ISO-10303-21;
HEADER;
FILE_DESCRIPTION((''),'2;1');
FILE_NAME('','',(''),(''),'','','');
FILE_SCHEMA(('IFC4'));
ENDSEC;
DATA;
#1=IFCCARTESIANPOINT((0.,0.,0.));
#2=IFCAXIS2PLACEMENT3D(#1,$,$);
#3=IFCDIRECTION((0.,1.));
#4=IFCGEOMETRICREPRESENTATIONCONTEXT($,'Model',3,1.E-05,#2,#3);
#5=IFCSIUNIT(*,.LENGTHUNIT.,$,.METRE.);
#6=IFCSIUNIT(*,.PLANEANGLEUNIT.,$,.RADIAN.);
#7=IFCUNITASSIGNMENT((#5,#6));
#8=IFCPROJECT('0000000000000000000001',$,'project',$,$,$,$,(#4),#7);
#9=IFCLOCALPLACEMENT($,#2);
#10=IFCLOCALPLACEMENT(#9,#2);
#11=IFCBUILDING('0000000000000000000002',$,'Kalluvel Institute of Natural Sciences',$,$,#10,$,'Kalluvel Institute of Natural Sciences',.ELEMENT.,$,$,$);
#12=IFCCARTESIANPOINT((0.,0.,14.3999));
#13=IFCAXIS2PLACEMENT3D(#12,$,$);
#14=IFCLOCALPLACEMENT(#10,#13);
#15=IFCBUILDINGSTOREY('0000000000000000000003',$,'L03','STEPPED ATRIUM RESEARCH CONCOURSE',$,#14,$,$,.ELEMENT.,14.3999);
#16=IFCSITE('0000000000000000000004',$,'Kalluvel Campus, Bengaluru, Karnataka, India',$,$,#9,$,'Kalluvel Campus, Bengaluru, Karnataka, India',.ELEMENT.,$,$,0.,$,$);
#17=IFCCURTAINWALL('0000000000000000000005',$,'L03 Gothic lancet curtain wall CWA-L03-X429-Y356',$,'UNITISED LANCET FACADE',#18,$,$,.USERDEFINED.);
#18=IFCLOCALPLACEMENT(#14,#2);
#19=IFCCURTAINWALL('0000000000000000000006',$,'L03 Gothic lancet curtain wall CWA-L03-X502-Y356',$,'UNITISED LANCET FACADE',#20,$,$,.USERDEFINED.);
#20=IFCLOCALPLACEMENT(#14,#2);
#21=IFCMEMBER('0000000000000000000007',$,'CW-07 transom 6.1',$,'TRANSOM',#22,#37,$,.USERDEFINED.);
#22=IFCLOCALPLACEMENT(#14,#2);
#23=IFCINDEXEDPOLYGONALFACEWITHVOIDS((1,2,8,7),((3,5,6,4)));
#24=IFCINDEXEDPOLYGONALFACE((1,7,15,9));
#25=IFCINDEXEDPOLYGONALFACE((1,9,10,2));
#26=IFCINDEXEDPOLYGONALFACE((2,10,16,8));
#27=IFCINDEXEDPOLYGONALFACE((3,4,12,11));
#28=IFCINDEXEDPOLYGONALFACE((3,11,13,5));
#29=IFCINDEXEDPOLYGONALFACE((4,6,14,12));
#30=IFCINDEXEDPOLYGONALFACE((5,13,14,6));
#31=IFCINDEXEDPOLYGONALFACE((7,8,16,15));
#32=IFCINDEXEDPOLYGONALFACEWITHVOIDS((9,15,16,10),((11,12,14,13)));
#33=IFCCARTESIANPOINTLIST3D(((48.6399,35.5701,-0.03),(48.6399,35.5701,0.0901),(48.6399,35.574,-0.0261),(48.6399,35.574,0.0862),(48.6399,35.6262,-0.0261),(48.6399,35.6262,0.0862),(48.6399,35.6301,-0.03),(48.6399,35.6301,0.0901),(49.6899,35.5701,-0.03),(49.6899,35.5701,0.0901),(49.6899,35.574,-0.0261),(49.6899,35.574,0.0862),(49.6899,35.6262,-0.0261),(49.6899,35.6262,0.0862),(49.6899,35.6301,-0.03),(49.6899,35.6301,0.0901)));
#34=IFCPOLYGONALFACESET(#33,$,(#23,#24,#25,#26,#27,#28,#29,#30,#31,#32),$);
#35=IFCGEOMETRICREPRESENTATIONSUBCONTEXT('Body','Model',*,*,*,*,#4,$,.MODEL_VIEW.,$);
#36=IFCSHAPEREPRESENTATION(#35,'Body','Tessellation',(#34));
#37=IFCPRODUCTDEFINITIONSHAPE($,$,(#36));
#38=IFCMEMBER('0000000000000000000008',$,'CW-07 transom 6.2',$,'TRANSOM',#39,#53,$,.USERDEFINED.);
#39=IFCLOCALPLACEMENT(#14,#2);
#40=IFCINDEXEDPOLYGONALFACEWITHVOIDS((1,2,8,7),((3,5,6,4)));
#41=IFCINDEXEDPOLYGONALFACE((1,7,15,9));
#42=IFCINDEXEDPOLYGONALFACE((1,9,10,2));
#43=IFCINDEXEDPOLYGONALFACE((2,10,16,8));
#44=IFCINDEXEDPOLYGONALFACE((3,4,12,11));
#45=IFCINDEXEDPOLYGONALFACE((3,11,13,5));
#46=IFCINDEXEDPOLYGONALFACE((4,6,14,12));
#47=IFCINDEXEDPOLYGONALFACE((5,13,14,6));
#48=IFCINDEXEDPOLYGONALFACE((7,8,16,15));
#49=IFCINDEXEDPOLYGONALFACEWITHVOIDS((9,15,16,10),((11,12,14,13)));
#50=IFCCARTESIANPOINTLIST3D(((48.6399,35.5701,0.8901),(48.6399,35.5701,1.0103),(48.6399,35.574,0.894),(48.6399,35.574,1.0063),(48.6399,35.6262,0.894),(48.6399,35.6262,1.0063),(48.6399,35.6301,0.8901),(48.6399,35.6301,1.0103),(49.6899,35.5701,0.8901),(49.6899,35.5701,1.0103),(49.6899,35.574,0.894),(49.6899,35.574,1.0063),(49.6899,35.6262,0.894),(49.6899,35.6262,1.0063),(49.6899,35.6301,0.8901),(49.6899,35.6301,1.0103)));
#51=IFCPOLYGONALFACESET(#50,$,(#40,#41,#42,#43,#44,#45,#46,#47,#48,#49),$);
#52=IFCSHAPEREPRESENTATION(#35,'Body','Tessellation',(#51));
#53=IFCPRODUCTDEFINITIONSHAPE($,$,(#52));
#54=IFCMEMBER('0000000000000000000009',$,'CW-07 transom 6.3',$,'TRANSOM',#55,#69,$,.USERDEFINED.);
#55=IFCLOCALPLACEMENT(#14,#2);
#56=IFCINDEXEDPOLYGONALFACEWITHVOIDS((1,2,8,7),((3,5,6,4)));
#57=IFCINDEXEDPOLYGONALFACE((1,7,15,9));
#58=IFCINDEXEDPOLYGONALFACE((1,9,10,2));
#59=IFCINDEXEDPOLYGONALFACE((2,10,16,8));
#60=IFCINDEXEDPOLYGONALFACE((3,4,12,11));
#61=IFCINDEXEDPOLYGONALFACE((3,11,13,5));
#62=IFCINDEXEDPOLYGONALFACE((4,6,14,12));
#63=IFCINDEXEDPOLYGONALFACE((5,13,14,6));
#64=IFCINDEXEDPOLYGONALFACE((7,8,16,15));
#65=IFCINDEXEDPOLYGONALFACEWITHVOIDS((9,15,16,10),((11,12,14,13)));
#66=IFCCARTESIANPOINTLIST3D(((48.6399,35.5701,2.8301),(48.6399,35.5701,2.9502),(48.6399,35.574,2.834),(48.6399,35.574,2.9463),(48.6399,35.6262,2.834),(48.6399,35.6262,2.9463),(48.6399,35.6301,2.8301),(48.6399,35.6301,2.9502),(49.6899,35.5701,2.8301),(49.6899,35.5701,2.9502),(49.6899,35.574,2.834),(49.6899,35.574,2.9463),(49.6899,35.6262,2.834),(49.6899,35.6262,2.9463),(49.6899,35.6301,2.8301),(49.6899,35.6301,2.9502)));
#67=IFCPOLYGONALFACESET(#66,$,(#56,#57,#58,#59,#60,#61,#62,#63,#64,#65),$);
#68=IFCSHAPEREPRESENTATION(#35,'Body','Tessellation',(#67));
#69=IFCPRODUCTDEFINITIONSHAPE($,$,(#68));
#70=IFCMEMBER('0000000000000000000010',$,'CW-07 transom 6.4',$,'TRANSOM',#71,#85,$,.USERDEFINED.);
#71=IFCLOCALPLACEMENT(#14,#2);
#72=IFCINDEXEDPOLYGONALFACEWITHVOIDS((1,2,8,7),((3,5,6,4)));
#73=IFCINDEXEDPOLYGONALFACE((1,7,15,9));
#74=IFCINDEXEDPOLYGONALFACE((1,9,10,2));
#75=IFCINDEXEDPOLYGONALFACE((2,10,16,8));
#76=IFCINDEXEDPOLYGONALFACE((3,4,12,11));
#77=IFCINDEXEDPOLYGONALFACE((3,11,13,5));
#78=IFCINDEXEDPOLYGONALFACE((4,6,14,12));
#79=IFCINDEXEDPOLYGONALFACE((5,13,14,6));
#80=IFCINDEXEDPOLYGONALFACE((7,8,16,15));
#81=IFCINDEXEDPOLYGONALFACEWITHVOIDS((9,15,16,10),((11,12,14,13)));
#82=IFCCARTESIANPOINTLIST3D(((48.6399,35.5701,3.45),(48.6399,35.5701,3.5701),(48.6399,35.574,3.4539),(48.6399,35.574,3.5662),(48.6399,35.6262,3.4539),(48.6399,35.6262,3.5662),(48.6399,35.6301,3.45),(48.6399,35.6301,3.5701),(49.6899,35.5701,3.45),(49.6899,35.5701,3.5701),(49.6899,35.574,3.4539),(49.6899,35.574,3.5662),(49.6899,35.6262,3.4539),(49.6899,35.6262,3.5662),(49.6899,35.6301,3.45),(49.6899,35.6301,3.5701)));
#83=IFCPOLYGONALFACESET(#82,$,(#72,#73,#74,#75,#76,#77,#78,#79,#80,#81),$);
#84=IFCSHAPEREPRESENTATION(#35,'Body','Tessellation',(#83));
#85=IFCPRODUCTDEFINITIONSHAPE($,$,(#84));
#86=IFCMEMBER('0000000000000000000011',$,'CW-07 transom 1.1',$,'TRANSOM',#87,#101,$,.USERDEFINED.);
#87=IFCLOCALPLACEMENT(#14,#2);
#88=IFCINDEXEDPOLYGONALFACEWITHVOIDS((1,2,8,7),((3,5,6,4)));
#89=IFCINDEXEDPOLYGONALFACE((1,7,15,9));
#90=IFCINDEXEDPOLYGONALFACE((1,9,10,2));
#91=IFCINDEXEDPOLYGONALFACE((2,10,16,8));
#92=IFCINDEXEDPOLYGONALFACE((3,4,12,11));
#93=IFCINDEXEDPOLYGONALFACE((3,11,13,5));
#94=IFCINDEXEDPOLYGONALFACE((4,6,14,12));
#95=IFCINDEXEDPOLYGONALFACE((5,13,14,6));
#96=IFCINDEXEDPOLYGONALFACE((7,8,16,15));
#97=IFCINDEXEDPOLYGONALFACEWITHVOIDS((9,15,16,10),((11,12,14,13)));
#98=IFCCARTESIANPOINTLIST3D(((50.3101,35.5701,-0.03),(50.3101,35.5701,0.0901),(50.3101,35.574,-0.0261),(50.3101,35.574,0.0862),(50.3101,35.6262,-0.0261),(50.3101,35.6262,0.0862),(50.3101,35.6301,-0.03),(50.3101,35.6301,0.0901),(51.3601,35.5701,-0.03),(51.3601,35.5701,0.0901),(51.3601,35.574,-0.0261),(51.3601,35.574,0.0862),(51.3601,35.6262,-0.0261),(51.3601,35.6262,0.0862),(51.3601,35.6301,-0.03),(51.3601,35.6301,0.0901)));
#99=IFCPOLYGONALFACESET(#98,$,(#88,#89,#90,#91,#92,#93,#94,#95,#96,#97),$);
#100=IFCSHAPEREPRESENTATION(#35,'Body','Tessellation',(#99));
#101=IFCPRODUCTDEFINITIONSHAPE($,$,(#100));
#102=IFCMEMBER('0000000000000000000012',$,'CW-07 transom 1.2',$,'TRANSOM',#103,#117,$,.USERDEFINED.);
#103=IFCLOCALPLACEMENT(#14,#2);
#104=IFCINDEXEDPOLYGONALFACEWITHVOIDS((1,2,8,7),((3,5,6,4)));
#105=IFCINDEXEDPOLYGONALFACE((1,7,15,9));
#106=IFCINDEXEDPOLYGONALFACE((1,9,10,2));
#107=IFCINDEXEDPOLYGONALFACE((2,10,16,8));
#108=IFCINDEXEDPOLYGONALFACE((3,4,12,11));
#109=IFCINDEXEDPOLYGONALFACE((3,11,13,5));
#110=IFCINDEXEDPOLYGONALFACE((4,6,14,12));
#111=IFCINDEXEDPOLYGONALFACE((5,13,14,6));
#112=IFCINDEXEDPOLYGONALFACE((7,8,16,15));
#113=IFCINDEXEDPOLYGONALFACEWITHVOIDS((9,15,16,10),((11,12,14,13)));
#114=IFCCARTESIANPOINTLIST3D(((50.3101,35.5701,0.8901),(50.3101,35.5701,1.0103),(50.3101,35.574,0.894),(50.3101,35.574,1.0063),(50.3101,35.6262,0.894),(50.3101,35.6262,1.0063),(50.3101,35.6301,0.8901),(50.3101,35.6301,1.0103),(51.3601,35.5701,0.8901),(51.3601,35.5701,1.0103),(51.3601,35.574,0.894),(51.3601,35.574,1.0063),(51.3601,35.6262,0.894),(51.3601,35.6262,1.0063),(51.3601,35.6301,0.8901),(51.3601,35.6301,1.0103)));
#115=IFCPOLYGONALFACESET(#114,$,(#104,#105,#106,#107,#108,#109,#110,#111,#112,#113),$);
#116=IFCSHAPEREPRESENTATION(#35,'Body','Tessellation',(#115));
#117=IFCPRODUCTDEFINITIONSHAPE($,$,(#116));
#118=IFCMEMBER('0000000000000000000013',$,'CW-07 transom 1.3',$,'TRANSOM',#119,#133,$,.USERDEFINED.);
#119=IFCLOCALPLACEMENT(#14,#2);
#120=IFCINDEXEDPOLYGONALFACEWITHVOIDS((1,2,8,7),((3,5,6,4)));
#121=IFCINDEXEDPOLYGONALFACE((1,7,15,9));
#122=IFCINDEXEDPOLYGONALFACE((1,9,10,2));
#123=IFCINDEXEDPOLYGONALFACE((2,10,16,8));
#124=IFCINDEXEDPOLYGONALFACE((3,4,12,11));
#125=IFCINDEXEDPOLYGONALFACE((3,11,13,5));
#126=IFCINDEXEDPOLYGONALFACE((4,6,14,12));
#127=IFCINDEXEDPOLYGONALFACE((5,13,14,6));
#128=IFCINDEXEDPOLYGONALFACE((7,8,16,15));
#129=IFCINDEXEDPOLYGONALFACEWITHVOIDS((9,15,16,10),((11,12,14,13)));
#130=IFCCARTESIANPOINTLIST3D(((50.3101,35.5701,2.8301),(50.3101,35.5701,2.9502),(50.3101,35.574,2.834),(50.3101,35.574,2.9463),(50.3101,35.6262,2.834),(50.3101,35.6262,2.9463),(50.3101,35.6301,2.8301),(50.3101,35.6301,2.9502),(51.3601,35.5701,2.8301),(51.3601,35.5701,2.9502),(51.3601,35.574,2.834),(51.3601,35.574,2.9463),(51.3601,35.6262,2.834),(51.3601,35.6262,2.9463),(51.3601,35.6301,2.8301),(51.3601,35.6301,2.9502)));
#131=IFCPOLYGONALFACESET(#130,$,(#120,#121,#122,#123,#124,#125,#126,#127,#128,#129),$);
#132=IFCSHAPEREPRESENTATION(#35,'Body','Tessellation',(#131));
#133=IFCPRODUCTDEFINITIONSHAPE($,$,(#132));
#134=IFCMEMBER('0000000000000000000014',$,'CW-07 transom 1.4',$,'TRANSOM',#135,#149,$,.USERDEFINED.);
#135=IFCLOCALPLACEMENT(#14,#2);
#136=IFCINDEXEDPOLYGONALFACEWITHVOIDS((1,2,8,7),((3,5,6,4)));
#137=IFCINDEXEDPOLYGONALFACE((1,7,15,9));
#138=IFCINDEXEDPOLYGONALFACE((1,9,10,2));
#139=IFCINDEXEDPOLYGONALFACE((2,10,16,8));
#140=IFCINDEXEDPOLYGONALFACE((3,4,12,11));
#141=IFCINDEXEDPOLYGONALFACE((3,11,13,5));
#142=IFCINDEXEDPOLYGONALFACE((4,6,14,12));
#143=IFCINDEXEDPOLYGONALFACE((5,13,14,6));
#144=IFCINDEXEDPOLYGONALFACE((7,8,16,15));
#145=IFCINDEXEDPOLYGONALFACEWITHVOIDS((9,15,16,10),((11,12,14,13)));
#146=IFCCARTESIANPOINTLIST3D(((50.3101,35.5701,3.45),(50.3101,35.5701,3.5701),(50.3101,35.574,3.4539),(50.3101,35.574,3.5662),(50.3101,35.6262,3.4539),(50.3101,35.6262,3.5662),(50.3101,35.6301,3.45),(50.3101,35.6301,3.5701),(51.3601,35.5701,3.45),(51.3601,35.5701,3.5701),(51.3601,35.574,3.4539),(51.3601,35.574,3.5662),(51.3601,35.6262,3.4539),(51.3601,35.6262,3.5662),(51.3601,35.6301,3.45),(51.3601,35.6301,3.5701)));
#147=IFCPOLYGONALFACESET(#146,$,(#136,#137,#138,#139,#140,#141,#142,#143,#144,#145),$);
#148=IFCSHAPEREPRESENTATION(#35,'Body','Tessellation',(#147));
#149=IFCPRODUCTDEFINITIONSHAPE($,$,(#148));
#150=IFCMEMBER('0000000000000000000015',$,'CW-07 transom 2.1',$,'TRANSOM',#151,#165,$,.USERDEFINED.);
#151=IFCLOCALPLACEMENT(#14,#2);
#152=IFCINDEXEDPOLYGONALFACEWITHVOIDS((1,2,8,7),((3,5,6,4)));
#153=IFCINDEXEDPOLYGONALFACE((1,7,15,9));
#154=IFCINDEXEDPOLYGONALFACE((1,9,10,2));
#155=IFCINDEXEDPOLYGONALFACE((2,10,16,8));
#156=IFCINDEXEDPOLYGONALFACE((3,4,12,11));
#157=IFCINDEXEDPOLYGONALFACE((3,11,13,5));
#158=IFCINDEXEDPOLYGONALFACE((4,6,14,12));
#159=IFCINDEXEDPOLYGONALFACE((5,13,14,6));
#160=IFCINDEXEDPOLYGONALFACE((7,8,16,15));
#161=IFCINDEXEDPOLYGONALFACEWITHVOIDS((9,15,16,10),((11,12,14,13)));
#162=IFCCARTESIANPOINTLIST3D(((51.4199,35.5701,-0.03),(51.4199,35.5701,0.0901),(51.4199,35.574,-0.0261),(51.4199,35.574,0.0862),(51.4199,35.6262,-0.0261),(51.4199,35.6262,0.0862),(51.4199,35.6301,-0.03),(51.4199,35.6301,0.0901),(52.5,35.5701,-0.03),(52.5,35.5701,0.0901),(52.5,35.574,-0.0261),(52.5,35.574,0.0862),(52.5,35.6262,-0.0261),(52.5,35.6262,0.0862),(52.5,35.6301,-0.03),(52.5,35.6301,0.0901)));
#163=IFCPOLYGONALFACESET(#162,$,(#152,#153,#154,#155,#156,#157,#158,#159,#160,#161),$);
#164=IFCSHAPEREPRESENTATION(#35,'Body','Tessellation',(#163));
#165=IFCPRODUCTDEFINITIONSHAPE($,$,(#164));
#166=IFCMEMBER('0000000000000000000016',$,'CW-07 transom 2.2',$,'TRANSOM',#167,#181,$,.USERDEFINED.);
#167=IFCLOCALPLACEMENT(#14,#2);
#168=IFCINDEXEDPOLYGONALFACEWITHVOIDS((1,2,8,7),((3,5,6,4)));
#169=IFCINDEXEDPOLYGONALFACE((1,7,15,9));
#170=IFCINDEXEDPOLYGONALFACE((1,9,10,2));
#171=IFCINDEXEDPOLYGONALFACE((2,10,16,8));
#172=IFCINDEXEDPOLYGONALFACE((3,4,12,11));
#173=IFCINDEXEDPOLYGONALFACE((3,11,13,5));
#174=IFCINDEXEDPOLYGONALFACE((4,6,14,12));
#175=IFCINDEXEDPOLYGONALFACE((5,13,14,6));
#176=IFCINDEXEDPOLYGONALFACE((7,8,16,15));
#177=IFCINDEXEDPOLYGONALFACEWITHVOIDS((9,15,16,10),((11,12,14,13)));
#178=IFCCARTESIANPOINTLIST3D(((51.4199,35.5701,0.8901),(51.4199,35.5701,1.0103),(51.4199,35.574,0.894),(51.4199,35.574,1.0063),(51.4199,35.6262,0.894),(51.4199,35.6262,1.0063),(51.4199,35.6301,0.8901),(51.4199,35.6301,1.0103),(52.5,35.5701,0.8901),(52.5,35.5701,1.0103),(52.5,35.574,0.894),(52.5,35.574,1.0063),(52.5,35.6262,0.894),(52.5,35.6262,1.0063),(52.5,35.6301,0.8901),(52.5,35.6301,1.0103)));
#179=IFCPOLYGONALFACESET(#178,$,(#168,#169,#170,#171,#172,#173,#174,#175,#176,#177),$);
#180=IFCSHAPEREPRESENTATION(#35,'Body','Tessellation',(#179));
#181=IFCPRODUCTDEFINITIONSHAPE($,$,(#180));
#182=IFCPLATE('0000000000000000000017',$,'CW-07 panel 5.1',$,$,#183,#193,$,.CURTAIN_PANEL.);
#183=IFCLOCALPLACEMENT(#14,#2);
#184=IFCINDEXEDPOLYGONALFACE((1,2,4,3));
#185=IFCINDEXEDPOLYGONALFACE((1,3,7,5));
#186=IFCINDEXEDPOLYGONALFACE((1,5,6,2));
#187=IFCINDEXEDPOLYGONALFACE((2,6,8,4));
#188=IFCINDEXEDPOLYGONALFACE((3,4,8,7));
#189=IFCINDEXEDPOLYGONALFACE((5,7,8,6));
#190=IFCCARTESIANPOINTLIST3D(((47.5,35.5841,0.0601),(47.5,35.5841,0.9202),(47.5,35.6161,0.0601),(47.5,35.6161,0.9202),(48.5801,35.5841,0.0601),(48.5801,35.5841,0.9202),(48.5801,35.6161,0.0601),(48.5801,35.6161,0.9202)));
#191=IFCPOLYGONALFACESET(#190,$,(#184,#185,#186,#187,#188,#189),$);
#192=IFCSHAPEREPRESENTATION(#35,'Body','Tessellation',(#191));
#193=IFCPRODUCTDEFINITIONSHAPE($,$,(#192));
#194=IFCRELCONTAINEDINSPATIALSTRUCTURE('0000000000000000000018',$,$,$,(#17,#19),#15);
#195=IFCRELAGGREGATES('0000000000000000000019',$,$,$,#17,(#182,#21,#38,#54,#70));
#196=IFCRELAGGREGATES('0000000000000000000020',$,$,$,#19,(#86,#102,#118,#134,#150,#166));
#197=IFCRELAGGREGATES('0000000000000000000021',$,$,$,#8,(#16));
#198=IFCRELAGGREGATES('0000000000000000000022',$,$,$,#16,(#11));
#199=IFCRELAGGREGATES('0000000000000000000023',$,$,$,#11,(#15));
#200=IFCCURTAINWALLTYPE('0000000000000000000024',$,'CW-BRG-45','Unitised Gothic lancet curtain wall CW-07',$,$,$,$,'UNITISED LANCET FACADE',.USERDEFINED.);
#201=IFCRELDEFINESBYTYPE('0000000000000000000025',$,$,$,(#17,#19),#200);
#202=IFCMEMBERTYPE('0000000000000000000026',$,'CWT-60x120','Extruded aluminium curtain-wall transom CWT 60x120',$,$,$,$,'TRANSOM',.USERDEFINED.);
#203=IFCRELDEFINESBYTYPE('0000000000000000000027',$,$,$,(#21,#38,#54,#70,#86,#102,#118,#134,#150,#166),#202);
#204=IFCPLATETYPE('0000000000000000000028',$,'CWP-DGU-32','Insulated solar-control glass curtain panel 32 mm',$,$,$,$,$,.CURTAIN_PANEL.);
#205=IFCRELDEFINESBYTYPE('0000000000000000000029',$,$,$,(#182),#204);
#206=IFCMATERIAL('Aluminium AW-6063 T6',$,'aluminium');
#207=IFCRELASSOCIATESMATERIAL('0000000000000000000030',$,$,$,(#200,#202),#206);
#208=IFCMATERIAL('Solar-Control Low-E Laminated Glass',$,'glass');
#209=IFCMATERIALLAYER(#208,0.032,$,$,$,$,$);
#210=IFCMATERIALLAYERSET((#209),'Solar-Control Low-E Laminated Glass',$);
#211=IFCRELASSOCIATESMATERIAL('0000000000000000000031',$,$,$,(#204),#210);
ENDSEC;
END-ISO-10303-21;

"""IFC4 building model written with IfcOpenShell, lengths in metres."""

from ifc_helpers import new_model, si_unit, direction, frame, origin, origin_2d, place, context, subcontext, project, spatial, rectangle, hollow_rectangle, extrude, material, layer, layer_set, material_profile, profile_set, type_object, element, aggregate, save


model = new_model("IFC4")

# Units and contexts
model_context = context("Model", 3, precision=1e-05, world=origin(), true_north=direction((0.0, 1.0)))
body_context = subcontext(model_context, "Body", "Model", "MODEL_VIEW")
ifc_project = project(units=[si_unit("LENGTHUNIT", "METRE"), si_unit("PLANEANGLEUNIT", "RADIAN")], contexts=[model_context])

# Site, building, storey
site_placement = place(None, origin())
site = spatial("IfcSite", under=ifc_project, at=site_placement, Name="Kalluvel Campus, Bengaluru, Karnataka, India", LongName="Kalluvel Campus, Bengaluru, Karnataka, India", CompositionType="ELEMENT", RefElevation=0.0)
building_placement = place(site_placement, origin())
building = spatial("IfcBuilding", under=site, at=building_placement, Name="Kalluvel Institute of Natural Sciences", LongName="Kalluvel Institute of Natural Sciences", CompositionType="ELEMENT")
storey_placement = place(building_placement, frame((0.0, 0.0, 14.3999)))
storey = spatial("IfcBuildingStorey", under=building, at=storey_placement, Name="L03", Description="STEPPED ATRIUM RESEARCH CONCOURSE", CompositionType="ELEMENT", Elevation=14.3999)

# Curtain walls
ifc_material_1 = material(Name="Aluminium AW-6063 T6", Category="aluminium")
curtain_wall_type = type_object("IfcCurtainWallType", Name="CW-BRG-45", Description="Unitised Gothic lancet curtain wall CW-07", ElementType="UNITISED LANCET FACADE", PredefinedType="USERDEFINED", material=ifc_material_1)
curtain_wall_1_placement = place(storey_placement, origin())
curtain_wall_1 = element("IfcCurtainWall", 1, at=curtain_wall_1_placement, inside=storey, type_object=curtain_wall_type, Name="L03 Gothic lancet curtain wall CWA-L03-X429-Y356", ObjectType="UNITISED LANCET FACADE", PredefinedType="USERDEFINED")
curtain_wall_2_placement = place(storey_placement, origin())
curtain_wall_2 = element("IfcCurtainWall", 2, at=curtain_wall_2_placement, inside=storey, type_object=curtain_wall_type, Name="L03 Gothic lancet curtain wall CWA-L03-X502-Y356", ObjectType="UNITISED LANCET FACADE", PredefinedType="USERDEFINED")

# Members
ifc_material_profile_1 = material_profile(ifc_material_1, hollow_rectangle(XDim=0.0601, YDim=0.1201, WallThickness=0.0039, at=origin_2d()), Name="CWT 60x120")
ifc_profile_set_1 = profile_set([ifc_material_profile_1], Name="Aluminium AW-6063 T6")
member_type_1 = type_object("IfcMemberType", Name="CWT-60x120", Description="Extruded aluminium curtain-wall transom CWT 60x120", ElementType="TRANSOM", PredefinedType="USERDEFINED", material=ifc_profile_set_1)
member_1_placement = place(storey_placement, frame((48.6399, 35.6001, 0.03), z_axis=(1.0, 0.0, 0.0), x_axis=(0.0, 1.0, 0.0)))
member_1 = element("IfcMember", 3, at=member_1_placement, type_object=member_type_1, Name="CW-07 transom 6.1", ObjectType="TRANSOM", PredefinedType="USERDEFINED", context=body_context, shape_type="SweptSolid", body=[
    extrude(hollow_rectangle(XDim=0.0601, YDim=0.1201, WallThickness=0.0039, at=origin_2d()), origin(), (0.0, 0.0, 1.0), 1.05),
])
member_2_placement = place(storey_placement, frame((48.6399, 35.6001, 0.9502), z_axis=(1.0, 0.0, 0.0), x_axis=(0.0, 1.0, 0.0)))
member_2 = element("IfcMember", 4, at=member_2_placement, type_object=member_type_1, Name="CW-07 transom 6.2", ObjectType="TRANSOM", PredefinedType="USERDEFINED", context=body_context, shape_type="SweptSolid", body=[
    extrude(hollow_rectangle(XDim=0.0601, YDim=0.1201, WallThickness=0.0039, at=origin_2d()), origin(), (0.0, 0.0, 1.0), 1.05),
])
member_3_placement = place(storey_placement, frame((48.6399, 35.6001, 2.8901), z_axis=(1.0, 0.0, 0.0), x_axis=(0.0, 1.0, 0.0)))
member_3 = element("IfcMember", 5, at=member_3_placement, type_object=member_type_1, Name="CW-07 transom 6.3", ObjectType="TRANSOM", PredefinedType="USERDEFINED", context=body_context, shape_type="SweptSolid", body=[
    extrude(hollow_rectangle(XDim=0.0601, YDim=0.1201, WallThickness=0.0039, at=origin_2d()), origin(), (0.0, 0.0, 1.0), 1.05),
])
member_4_placement = place(storey_placement, frame((48.6399, 35.6001, 3.51), z_axis=(1.0, 0.0, 0.0), x_axis=(0.0, 1.0, 0.0)))
member_4 = element("IfcMember", 6, at=member_4_placement, type_object=member_type_1, Name="CW-07 transom 6.4", ObjectType="TRANSOM", PredefinedType="USERDEFINED", context=body_context, shape_type="SweptSolid", body=[
    extrude(hollow_rectangle(XDim=0.0601, YDim=0.1201, WallThickness=0.0039, at=origin_2d()), origin(), (0.0, 0.0, 1.0), 1.05),
])
member_5_placement = place(storey_placement, frame((50.3101, 35.6001, 0.03), z_axis=(1.0, 0.0, 0.0), x_axis=(0.0, 1.0, 0.0)))
member_5 = element("IfcMember", 7, at=member_5_placement, type_object=member_type_1, Name="CW-07 transom 1.1", ObjectType="TRANSOM", PredefinedType="USERDEFINED", context=body_context, shape_type="SweptSolid", body=[
    extrude(hollow_rectangle(XDim=0.0601, YDim=0.1201, WallThickness=0.0039, at=origin_2d()), origin(), (0.0, 0.0, 1.0), 1.05),
])
member_6_placement = place(storey_placement, frame((50.3101, 35.6001, 0.9502), z_axis=(1.0, 0.0, 0.0), x_axis=(0.0, 1.0, 0.0)))
member_6 = element("IfcMember", 8, at=member_6_placement, type_object=member_type_1, Name="CW-07 transom 1.2", ObjectType="TRANSOM", PredefinedType="USERDEFINED", context=body_context, shape_type="SweptSolid", body=[
    extrude(hollow_rectangle(XDim=0.0601, YDim=0.1201, WallThickness=0.0039, at=origin_2d()), origin(), (0.0, 0.0, 1.0), 1.05),
])
member_7_placement = place(storey_placement, frame((50.3101, 35.6001, 2.8901), z_axis=(1.0, 0.0, 0.0), x_axis=(0.0, 1.0, 0.0)))
member_7 = element("IfcMember", 9, at=member_7_placement, type_object=member_type_1, Name="CW-07 transom 1.3", ObjectType="TRANSOM", PredefinedType="USERDEFINED", context=body_context, shape_type="SweptSolid", body=[
    extrude(hollow_rectangle(XDim=0.0601, YDim=0.1201, WallThickness=0.0039, at=origin_2d()), origin(), (0.0, 0.0, 1.0), 1.05),
])
member_8_placement = place(storey_placement, frame((50.3101, 35.6001, 3.51), z_axis=(1.0, 0.0, 0.0), x_axis=(0.0, 1.0, 0.0)))
member_8 = element("IfcMember", 10, at=member_8_placement, type_object=member_type_1, Name="CW-07 transom 1.4", ObjectType="TRANSOM", PredefinedType="USERDEFINED", context=body_context, shape_type="SweptSolid", body=[
    extrude(hollow_rectangle(XDim=0.0601, YDim=0.1201, WallThickness=0.0039, at=origin_2d()), origin(), (0.0, 0.0, 1.0), 1.05),
])
member_9_placement = place(storey_placement, frame((51.4199, 35.6001, 0.03), z_axis=(1.0, 0.0, 0.0), x_axis=(0.0, 1.0, 0.0)))
member_9 = element("IfcMember", 11, at=member_9_placement, type_object=member_type_1, Name="CW-07 transom 2.1", ObjectType="TRANSOM", PredefinedType="USERDEFINED", context=body_context, shape_type="SweptSolid", body=[
    extrude(hollow_rectangle(XDim=0.0601, YDim=0.1201, WallThickness=0.0039, at=origin_2d()), origin(), (0.0, 0.0, 1.0), 1.0801),
])
member_10_placement = place(storey_placement, frame((51.4199, 35.6001, 0.9502), z_axis=(1.0, 0.0, 0.0), x_axis=(0.0, 1.0, 0.0)))
member_10 = element("IfcMember", 12, at=member_10_placement, type_object=member_type_1, Name="CW-07 transom 2.2", ObjectType="TRANSOM", PredefinedType="USERDEFINED", context=body_context, shape_type="SweptSolid", body=[
    extrude(hollow_rectangle(XDim=0.0601, YDim=0.1201, WallThickness=0.0039, at=origin_2d()), origin(), (0.0, 0.0, 1.0), 1.0801),
])

# Plate
ifc_material_2 = material(Name="Solar-Control Low-E Laminated Glass", Category="glass")
ifc_layer = layer(ifc_material_2, 0.032)
ifc_layer_set = layer_set([ifc_layer], Name="Solar-Control Low-E Laminated Glass")
plate_type = type_object("IfcPlateType", Name="CWP-DGU-32", Description="Insulated solar-control glass curtain panel 32 mm", PredefinedType="CURTAIN_PANEL", material=ifc_layer_set)
plate_1_placement = place(storey_placement, frame((48.04, 35.6001, 0.0601), z_axis=(0.0, 0.0, 1.0), x_axis=(1.0, 0.0, 0.0)))
plate_1 = element("IfcPlate", 13, at=plate_1_placement, type_object=plate_type, Name="CW-07 panel 5.1", PredefinedType="CURTAIN_PANEL", context=body_context, shape_type="SweptSolid", body=[
    extrude(rectangle(XDim=1.0801, YDim=0.032, at=origin_2d()), origin(), (0.0, 0.0, 1.0), 0.8601),
])
aggregate(curtain_wall_1, [plate_1, member_1, member_2, member_3, member_4])
aggregate(curtain_wall_2, [member_5, member_6, member_7, member_8, member_9, member_10])

save(model, "model.ifc")
